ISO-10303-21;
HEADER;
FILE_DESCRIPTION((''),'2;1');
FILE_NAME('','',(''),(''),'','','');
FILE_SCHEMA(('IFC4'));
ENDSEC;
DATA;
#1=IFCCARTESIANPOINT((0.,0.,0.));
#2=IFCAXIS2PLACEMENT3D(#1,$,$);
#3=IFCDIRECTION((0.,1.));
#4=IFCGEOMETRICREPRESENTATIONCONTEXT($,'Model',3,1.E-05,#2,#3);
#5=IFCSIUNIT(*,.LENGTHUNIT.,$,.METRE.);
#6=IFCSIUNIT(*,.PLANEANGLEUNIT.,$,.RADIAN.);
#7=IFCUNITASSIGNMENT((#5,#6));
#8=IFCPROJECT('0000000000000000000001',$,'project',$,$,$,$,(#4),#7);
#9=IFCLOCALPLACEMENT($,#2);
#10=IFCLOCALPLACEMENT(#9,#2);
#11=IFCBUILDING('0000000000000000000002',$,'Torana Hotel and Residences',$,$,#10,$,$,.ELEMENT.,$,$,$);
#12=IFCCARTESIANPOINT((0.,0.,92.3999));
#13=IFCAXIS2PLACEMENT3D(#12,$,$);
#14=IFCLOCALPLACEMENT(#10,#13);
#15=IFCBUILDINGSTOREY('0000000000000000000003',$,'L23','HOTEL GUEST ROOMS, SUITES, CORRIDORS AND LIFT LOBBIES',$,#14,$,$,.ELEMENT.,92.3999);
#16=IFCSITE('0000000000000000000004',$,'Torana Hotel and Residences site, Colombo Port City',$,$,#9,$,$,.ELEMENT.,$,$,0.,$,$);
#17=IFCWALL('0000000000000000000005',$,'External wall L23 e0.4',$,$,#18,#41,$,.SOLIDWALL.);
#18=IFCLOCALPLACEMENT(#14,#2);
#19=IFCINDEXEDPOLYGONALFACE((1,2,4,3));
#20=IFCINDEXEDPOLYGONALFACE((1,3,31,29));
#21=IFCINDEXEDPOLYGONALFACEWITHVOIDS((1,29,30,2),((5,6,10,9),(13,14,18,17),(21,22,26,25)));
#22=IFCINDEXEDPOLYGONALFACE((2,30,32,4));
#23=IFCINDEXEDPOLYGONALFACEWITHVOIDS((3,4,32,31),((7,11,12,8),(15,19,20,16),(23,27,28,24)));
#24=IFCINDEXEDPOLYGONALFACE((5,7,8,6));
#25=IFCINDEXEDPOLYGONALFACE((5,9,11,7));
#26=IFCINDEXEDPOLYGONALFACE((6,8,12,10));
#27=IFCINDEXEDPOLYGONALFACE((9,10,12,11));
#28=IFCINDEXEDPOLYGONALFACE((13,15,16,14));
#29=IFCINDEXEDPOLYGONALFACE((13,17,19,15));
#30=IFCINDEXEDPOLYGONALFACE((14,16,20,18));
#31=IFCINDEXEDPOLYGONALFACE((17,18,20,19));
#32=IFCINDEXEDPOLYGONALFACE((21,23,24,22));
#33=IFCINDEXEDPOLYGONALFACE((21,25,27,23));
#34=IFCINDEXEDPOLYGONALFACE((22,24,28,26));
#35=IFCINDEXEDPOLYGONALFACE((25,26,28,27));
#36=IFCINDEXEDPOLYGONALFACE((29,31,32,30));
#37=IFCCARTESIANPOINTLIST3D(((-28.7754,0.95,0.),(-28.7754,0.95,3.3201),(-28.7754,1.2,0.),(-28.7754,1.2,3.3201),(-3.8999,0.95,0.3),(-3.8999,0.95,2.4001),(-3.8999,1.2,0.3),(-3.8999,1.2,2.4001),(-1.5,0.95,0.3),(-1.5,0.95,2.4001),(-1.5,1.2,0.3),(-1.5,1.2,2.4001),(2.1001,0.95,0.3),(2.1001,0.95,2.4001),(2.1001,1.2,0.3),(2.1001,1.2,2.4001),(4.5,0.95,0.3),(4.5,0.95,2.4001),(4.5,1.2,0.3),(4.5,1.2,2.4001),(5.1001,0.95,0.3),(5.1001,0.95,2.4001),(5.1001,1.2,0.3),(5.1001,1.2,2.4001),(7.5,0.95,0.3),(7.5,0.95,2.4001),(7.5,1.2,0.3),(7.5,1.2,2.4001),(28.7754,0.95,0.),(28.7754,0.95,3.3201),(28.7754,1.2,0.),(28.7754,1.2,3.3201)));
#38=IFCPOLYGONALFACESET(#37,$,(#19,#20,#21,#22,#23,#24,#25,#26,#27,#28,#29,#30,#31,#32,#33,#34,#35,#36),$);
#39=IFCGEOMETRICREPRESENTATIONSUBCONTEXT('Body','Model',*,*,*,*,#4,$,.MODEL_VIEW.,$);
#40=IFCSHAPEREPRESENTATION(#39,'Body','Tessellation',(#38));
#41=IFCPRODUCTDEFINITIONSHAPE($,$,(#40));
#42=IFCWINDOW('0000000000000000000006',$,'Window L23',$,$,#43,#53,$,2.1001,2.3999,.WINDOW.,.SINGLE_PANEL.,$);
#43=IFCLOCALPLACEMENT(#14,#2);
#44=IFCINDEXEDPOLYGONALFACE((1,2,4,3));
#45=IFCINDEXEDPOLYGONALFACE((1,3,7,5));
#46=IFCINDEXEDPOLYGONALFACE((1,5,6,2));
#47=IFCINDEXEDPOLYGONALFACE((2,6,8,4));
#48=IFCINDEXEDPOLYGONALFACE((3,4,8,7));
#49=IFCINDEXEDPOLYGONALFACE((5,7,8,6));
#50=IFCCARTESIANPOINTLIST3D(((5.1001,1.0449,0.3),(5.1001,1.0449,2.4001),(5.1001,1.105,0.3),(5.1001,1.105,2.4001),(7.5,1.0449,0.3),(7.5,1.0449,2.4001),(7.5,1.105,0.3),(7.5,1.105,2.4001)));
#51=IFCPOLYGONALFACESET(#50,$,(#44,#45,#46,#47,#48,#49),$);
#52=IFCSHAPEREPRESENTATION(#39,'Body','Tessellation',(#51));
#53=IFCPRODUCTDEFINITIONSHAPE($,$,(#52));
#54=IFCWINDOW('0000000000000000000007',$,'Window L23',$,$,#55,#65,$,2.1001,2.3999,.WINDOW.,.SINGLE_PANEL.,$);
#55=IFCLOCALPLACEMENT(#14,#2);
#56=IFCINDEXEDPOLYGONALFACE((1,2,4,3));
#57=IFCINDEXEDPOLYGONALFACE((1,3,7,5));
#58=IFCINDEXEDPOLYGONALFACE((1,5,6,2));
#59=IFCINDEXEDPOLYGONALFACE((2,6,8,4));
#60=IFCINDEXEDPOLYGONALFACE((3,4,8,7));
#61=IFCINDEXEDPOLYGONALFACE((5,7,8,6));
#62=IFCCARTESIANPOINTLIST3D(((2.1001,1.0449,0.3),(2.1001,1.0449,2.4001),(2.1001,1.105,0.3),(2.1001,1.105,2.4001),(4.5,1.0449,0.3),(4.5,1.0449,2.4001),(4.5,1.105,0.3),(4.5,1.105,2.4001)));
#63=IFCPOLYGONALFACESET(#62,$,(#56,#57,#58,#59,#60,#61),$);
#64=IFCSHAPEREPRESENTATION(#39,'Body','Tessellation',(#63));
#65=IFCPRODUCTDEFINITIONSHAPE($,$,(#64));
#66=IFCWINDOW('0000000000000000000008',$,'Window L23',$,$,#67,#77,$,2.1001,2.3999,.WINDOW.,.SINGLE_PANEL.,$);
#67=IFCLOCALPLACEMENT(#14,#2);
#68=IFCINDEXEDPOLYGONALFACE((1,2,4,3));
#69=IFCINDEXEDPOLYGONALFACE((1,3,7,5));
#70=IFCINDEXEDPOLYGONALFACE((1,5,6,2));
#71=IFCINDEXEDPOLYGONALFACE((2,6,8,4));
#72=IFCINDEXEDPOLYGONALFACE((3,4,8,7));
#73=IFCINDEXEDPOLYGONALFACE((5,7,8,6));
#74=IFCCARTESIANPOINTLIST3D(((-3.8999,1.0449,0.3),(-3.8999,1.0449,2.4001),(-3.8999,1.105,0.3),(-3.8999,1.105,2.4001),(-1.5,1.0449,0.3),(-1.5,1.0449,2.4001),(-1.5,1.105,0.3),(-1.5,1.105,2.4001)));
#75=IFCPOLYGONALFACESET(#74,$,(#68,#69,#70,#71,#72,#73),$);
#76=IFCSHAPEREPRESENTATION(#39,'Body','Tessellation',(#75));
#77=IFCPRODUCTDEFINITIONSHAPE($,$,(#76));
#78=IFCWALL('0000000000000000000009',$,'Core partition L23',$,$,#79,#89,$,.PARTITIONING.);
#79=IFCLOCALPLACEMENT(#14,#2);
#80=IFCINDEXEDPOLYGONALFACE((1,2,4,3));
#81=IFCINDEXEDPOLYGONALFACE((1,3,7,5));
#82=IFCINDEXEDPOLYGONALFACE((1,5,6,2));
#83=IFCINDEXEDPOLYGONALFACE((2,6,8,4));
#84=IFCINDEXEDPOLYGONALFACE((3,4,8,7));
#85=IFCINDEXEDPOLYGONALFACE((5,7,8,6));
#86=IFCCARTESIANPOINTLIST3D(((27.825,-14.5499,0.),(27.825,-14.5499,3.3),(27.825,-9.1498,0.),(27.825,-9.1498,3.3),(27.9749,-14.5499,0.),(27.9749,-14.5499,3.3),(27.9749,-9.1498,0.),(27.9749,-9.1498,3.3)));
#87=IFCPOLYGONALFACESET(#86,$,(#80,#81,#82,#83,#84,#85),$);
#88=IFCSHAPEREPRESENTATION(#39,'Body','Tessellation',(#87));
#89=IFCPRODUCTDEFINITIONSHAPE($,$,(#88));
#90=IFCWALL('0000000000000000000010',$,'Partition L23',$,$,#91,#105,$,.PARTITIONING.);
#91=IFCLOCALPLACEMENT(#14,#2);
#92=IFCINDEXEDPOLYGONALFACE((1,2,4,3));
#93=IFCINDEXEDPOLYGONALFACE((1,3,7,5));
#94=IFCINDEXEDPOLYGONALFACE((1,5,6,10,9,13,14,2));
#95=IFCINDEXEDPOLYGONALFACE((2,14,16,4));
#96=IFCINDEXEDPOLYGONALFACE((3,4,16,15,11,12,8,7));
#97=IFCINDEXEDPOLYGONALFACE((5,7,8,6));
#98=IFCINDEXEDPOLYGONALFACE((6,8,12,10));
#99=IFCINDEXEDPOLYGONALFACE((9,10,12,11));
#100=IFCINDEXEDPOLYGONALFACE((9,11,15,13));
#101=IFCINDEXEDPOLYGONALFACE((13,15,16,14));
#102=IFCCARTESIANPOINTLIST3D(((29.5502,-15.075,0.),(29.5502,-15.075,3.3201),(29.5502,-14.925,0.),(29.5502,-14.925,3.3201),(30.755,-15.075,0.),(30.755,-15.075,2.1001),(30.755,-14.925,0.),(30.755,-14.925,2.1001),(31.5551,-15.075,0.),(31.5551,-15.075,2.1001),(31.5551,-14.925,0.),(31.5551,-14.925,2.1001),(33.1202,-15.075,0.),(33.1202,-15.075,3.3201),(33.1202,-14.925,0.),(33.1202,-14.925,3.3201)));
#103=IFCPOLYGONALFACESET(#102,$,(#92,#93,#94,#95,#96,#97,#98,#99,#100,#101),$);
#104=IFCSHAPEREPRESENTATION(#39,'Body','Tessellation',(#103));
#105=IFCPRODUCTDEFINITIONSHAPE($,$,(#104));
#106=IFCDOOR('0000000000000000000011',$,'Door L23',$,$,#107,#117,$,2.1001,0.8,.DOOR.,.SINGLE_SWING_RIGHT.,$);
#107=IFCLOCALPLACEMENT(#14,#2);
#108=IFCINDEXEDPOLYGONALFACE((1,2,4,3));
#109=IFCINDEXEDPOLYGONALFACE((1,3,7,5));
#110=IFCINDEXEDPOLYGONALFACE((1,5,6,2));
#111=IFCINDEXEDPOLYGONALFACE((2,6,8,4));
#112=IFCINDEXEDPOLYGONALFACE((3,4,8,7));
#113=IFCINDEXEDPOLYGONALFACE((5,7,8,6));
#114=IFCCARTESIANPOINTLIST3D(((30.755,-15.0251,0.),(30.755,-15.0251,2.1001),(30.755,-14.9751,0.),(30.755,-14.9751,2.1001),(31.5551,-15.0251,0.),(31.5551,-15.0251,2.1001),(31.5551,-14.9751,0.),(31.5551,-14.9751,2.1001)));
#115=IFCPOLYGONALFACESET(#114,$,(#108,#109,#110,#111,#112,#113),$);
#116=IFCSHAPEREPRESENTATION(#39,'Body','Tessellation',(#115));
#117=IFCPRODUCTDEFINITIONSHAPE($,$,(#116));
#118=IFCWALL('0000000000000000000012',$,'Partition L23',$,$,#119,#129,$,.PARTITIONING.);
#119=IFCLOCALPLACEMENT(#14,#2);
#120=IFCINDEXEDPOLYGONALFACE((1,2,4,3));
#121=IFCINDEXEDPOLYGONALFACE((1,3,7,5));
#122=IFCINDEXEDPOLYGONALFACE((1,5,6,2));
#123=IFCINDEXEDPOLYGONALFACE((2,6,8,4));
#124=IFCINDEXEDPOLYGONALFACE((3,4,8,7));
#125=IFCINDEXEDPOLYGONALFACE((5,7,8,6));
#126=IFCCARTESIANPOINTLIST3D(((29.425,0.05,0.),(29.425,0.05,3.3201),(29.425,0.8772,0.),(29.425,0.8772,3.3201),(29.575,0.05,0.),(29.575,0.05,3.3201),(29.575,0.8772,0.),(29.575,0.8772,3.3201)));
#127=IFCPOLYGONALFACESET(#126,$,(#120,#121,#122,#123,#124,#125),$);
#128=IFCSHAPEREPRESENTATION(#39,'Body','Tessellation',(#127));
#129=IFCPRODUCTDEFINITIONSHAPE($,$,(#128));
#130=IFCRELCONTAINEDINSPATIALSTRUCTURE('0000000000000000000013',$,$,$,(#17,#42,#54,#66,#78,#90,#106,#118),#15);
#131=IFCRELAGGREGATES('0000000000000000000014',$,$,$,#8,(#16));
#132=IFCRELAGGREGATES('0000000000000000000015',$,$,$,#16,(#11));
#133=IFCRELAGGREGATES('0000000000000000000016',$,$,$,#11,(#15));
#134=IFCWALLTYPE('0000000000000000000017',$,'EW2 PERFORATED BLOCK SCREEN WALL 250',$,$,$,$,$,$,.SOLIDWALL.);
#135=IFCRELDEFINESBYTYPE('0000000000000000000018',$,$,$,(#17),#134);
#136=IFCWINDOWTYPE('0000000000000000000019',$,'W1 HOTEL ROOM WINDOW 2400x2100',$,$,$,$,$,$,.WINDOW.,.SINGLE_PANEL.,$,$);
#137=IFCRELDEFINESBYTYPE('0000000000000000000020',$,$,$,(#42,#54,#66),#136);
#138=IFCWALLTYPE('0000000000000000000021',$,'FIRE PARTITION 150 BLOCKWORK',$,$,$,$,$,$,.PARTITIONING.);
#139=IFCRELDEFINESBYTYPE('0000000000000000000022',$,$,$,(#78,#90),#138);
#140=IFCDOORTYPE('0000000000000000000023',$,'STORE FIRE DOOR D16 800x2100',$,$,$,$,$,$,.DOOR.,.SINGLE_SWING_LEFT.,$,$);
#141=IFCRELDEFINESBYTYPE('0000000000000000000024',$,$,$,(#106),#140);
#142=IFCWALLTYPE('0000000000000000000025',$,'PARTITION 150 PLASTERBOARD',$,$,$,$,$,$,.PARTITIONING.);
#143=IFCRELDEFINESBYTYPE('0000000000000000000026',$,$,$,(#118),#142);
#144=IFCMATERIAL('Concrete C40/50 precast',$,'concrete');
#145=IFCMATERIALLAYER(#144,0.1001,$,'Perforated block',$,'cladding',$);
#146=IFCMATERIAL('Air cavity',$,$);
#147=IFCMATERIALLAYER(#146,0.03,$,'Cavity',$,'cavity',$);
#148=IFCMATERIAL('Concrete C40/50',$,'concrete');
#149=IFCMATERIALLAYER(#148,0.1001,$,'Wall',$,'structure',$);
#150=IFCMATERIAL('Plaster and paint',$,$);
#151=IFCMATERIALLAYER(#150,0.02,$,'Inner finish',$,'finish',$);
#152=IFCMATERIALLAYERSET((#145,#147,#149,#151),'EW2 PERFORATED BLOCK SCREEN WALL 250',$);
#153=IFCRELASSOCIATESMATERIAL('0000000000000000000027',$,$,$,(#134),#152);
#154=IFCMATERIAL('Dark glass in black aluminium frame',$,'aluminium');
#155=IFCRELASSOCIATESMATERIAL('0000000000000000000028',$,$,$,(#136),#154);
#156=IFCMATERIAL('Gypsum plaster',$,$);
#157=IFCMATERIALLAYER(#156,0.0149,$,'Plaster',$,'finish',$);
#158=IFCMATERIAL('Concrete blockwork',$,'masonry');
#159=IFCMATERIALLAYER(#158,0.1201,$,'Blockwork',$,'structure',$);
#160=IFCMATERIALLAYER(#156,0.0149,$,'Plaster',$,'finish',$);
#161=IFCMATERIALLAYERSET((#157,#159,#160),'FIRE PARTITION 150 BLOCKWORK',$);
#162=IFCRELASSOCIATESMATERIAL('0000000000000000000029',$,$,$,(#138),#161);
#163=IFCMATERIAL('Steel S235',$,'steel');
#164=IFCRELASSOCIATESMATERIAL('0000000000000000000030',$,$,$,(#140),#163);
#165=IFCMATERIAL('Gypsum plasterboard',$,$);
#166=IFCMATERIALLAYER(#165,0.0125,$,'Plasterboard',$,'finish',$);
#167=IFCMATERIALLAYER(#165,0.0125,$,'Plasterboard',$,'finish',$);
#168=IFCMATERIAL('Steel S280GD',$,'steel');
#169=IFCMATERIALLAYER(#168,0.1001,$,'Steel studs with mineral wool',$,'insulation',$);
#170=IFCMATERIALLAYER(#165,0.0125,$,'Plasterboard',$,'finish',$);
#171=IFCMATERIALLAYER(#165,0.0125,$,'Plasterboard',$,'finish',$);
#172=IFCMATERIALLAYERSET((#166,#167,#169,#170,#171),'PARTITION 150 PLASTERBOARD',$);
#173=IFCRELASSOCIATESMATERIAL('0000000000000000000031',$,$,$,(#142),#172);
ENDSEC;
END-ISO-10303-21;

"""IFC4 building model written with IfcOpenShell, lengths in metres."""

from ifc_helpers import new_model, si_unit, direction, frame, frame_2d, origin, place, context, subcontext, project, spatial, rectangle, extrude, material, layer, layer_set, type_object, element, fill, save


model = new_model("IFC4")

# Units and contexts
model_context = context("Model", 3, precision=1e-05, world=origin(), true_north=direction((0.0, 1.0)))
body_context = subcontext(model_context, "Body", "Model", "MODEL_VIEW")
ifc_project = project(units=[si_unit("LENGTHUNIT", "METRE"), si_unit("PLANEANGLEUNIT", "RADIAN")], contexts=[model_context])

# Site, building, storey
site_placement = place(None, origin())
site = spatial("IfcSite", under=ifc_project, at=site_placement, Name="Torana Hotel and Residences site, Colombo Port City", CompositionType="ELEMENT", RefElevation=0.0)
building_placement = place(site_placement, origin())
building = spatial("IfcBuilding", under=site, at=building_placement, Name="Torana Hotel and Residences", CompositionType="ELEMENT")
storey_placement = place(building_placement, frame((0.0, 0.0, 92.3999)))
storey = spatial("IfcBuildingStorey", under=building, at=storey_placement, Name="L23", Description="HOTEL GUEST ROOMS, SUITES, CORRIDORS AND LIFT LOBBIES", CompositionType="ELEMENT", Elevation=92.3999)

# Shared definitions
ifc_material_1 = material(Name="Steel S280GD", Category="steel")

# Wall, openings, windows
ifc_material_2 = material(Name="Concrete C40/50 precast", Category="concrete")
ifc_layer_1 = layer(ifc_material_2, 0.1001, Name="Perforated block", Category="cladding")
ifc_material_3 = material(Name="Air cavity")
ifc_layer_2 = layer(ifc_material_3, 0.03, Name="Cavity", Category="cavity")
ifc_material_4 = material(Name="Concrete C40/50", Category="concrete")
ifc_layer_3 = layer(ifc_material_4, 0.1001, Name="Wall", Category="structure")
ifc_material_5 = material(Name="Plaster and paint")
ifc_layer_4 = layer(ifc_material_5, 0.02, Name="Inner finish", Category="finish")
ifc_layer_set_1 = layer_set([ifc_layer_1, ifc_layer_2, ifc_layer_3, ifc_layer_4], Name="EW2 PERFORATED BLOCK SCREEN WALL 250")
wall_type_1 = type_object("IfcWallType", Name="EW2 PERFORATED BLOCK SCREEN WALL 250", PredefinedType="SOLIDWALL", material=ifc_layer_set_1)
wall_1_placement = place(storey_placement, frame((28.7754, 1.075, 0.0), z_axis=(0.0, 0.0, 1.0), x_axis=(-1.0, 0.0, 0.0)))
wall_1 = element("IfcWall", 1, at=wall_1_placement, inside=storey, type_object=wall_type_1, Name="External wall L23 e0.4", PredefinedType="SOLIDWALL", context=body_context, shape_type="SweptSolid", body=[
    extrude(rectangle(XDim=57.5508, YDim=0.25, at=frame_2d((28.7754, 0.0))), origin(), (0.0, 0.0, 1.0), 3.3201),
])
opening_1_placement = place(wall_1_placement, frame((21.2754, 0.0, 0.3)))
opening_1 = element("IfcOpeningElement", 2, at=opening_1_placement, cuts=wall_1, PredefinedType="OPENING", context=body_context, shape_type="SweptSolid", body=[
    extrude(rectangle(XDim=2.3999, YDim=2.1001, at=frame_2d((1.2, 1.05))), frame((0.0, 0.135, 0.0), z_axis=(0.0, -1.0, 0.0), x_axis=(1.0, 0.0, 0.0)), (0.0, 0.0, 1.0), 0.27),
])
opening_2_placement = place(wall_1_placement, frame((24.2754, 0.0, 0.3)))
opening_2 = element("IfcOpeningElement", 3, at=opening_2_placement, cuts=wall_1, PredefinedType="OPENING", context=body_context, shape_type="SweptSolid", body=[
    extrude(rectangle(XDim=2.3999, YDim=2.1001, at=frame_2d((1.2, 1.05))), frame((0.0, 0.135, 0.0), z_axis=(0.0, -1.0, 0.0), x_axis=(1.0, 0.0, 0.0)), (0.0, 0.0, 1.0), 0.27),
])
opening_3_placement = place(wall_1_placement, frame((30.2754, 0.0, 0.3)))
opening_3 = element("IfcOpeningElement", 4, at=opening_3_placement, cuts=wall_1, PredefinedType="OPENING", context=body_context, shape_type="SweptSolid", body=[
    extrude(rectangle(XDim=2.3999, YDim=2.1001, at=frame_2d((1.2, 1.05))), frame((0.0, 0.135, 0.0), z_axis=(0.0, -1.0, 0.0), x_axis=(1.0, 0.0, 0.0)), (0.0, 0.0, 1.0), 0.27),
])
ifc_material_6 = material(Name="Dark glass in black aluminium frame", Category="aluminium")
window_type = type_object("IfcWindowType", Name="W1 HOTEL ROOM WINDOW 2400x2100", PartitioningType="SINGLE_PANEL", PredefinedType="WINDOW", material=ifc_material_6)
window_1_placement = place(opening_1_placement, origin())
window_1 = element("IfcWindow", 5, at=window_1_placement, inside=storey, type_object=window_type, Name="Window L23", OverallHeight=2.1001, OverallWidth=2.3999, PartitioningType="SINGLE_PANEL", PredefinedType="WINDOW", context=body_context, shape_type="SweptSolid", body=[
    extrude(rectangle(XDim=2.3999, YDim=2.1001, at=frame_2d((1.2, 1.05))), frame((0.0, 0.03, 0.0), z_axis=(0.0, -1.0, 0.0), x_axis=(1.0, 0.0, 0.0)), (0.0, 0.0, 1.0), 0.0601),
])
fill(opening_1, window_1)
window_2_placement = place(opening_2_placement, origin())
window_2 = element("IfcWindow", 6, at=window_2_placement, inside=storey, type_object=window_type, Name="Window L23", OverallHeight=2.1001, OverallWidth=2.3999, PartitioningType="SINGLE_PANEL", PredefinedType="WINDOW", context=body_context, shape_type="SweptSolid", body=[
    extrude(rectangle(XDim=2.3999, YDim=2.1001, at=frame_2d((1.2, 1.05))), frame((0.0, 0.03, 0.0), z_axis=(0.0, -1.0, 0.0), x_axis=(1.0, 0.0, 0.0)), (0.0, 0.0, 1.0), 0.0601),
])
fill(opening_2, window_2)
window_3_placement = place(opening_3_placement, origin())
window_3 = element("IfcWindow", 7, at=window_3_placement, inside=storey, type_object=window_type, Name="Window L23", OverallHeight=2.1001, OverallWidth=2.3999, PartitioningType="SINGLE_PANEL", PredefinedType="WINDOW", context=body_context, shape_type="SweptSolid", body=[
    extrude(rectangle(XDim=2.3999, YDim=2.1001, at=frame_2d((1.2, 1.05))), frame((0.0, 0.03, 0.0), z_axis=(0.0, -1.0, 0.0), x_axis=(1.0, 0.0, 0.0)), (0.0, 0.0, 1.0), 0.0601),
])
fill(opening_3, window_3)

# Wall
ifc_material_7 = material(Name="Gypsum plaster")
ifc_layer_5 = layer(ifc_material_7, 0.0149, Name="Plaster", Category="finish")
ifc_material_8 = material(Name="Concrete blockwork", Category="masonry")
ifc_layer_6 = layer(ifc_material_8, 0.1201, Name="Blockwork", Category="structure")
ifc_layer_7 = layer(ifc_material_7, 0.0149, Name="Plaster", Category="finish")
ifc_layer_set_2 = layer_set([ifc_layer_5, ifc_layer_6, ifc_layer_7], Name="FIRE PARTITION 150 BLOCKWORK")
wall_type_2 = type_object("IfcWallType", Name="FIRE PARTITION 150 BLOCKWORK", PredefinedType="PARTITIONING", material=ifc_layer_set_2)
wall_2_placement = place(storey_placement, frame((27.8999, -14.55, 0.0), z_axis=(0.0, 0.0, 1.0), x_axis=(0.0, 1.0, 0.0)))
element("IfcWall", 8, at=wall_2_placement, inside=storey, type_object=wall_type_2, Name="Core partition L23", PredefinedType="PARTITIONING", context=body_context, shape_type="SweptSolid", body=[
    extrude(rectangle(XDim=5.4001, YDim=0.1499, at=frame_2d((2.7002, 0.0))), origin(), (0.0, 0.0, 1.0), 3.3),
])

# Wall, opening, door
wall_3_placement = place(storey_placement, frame((29.55, -15.0, 0.0), z_axis=(0.0, 0.0, 1.0), x_axis=(1.0, 0.0, 0.0)))
wall_3 = element("IfcWall", 9, at=wall_3_placement, inside=storey, type_object=wall_type_2, Name="Partition L23", PredefinedType="PARTITIONING", context=body_context, shape_type="SweptSolid", body=[
    extrude(rectangle(XDim=3.5701, YDim=0.1499, at=frame_2d((1.7852, 0.0))), origin(), (0.0, 0.0, 1.0), 3.3201),
])
opening_4_placement = place(wall_3_placement, frame((1.2051, 0.0, 0.0)))
opening_4 = element("IfcOpeningElement", 10, at=opening_4_placement, cuts=wall_3, PredefinedType="OPENING", context=body_context, shape_type="SweptSolid", body=[
    extrude(rectangle(XDim=0.8, YDim=2.1001, at=frame_2d((0.3999, 1.05))), frame((0.0, 0.085, 0.0), z_axis=(0.0, -1.0, 0.0), x_axis=(1.0, 0.0, 0.0)), (0.0, 0.0, 1.0), 0.1699),
])
ifc_material_9 = material(Name="Steel S235", Category="steel")
door_type_1 = type_object("IfcDoorType", Name="STORE FIRE DOOR D16 800x2100", OperationType="SINGLE_SWING_LEFT", PredefinedType="DOOR", material=ifc_material_9)
door_1_placement = place(opening_4_placement, origin())
door_1 = element("IfcDoor", 11, at=door_1_placement, inside=storey, type_object=door_type_1, Name="Door L23", OperationType="SINGLE_SWING_RIGHT", OverallHeight=2.1001, OverallWidth=0.8, PredefinedType="DOOR", context=body_context, shape_type="SweptSolid", body=[
    extrude(rectangle(XDim=0.8, YDim=2.1001, at=frame_2d((0.3999, 1.05))), frame((0.0, 0.0249, 0.0), z_axis=(0.0, -1.0, 0.0), x_axis=(1.0, 0.0, 0.0)), (0.0, 0.0, 1.0), 0.05),
])
fill(opening_4, door_1)

# Wall
ifc_material_10 = material(Name="Gypsum plasterboard")
ifc_layer_8 = layer(ifc_material_10, 0.0125, Name="Plasterboard", Category="finish")
ifc_layer_9 = layer(ifc_material_10, 0.0125, Name="Plasterboard", Category="finish")
ifc_layer_10 = layer(ifc_material_1, 0.1001, Name="Steel studs with mineral wool", Category="insulation")
ifc_layer_11 = layer(ifc_material_10, 0.0125, Name="Plasterboard", Category="finish")
ifc_layer_12 = layer(ifc_material_10, 0.0125, Name="Plasterboard", Category="finish")
ifc_layer_set_3 = layer_set([ifc_layer_8, ifc_layer_9, ifc_layer_10, ifc_layer_11, ifc_layer_12], Name="PARTITION 150 PLASTERBOARD")
wall_type_3 = type_object("IfcWallType", Name="PARTITION 150 PLASTERBOARD", PredefinedType="PARTITIONING", material=ifc_layer_set_3)
wall_4_placement = place(storey_placement, frame((29.5, 0.05, 0.0), z_axis=(0.0, 0.0, 1.0), x_axis=(0.0, 1.0, 0.0)))
element("IfcWall", 12, at=wall_4_placement, inside=storey, type_object=wall_type_3, Name="Partition L23", PredefinedType="PARTITIONING", context=body_context, shape_type="SweptSolid", body=[
    extrude(rectangle(XDim=0.8271, YDim=0.1499, at=frame_2d((0.4136, 0.0))), origin(), (0.0, 0.0, 1.0), 3.3201),
])

save(model, "model.ifc")
